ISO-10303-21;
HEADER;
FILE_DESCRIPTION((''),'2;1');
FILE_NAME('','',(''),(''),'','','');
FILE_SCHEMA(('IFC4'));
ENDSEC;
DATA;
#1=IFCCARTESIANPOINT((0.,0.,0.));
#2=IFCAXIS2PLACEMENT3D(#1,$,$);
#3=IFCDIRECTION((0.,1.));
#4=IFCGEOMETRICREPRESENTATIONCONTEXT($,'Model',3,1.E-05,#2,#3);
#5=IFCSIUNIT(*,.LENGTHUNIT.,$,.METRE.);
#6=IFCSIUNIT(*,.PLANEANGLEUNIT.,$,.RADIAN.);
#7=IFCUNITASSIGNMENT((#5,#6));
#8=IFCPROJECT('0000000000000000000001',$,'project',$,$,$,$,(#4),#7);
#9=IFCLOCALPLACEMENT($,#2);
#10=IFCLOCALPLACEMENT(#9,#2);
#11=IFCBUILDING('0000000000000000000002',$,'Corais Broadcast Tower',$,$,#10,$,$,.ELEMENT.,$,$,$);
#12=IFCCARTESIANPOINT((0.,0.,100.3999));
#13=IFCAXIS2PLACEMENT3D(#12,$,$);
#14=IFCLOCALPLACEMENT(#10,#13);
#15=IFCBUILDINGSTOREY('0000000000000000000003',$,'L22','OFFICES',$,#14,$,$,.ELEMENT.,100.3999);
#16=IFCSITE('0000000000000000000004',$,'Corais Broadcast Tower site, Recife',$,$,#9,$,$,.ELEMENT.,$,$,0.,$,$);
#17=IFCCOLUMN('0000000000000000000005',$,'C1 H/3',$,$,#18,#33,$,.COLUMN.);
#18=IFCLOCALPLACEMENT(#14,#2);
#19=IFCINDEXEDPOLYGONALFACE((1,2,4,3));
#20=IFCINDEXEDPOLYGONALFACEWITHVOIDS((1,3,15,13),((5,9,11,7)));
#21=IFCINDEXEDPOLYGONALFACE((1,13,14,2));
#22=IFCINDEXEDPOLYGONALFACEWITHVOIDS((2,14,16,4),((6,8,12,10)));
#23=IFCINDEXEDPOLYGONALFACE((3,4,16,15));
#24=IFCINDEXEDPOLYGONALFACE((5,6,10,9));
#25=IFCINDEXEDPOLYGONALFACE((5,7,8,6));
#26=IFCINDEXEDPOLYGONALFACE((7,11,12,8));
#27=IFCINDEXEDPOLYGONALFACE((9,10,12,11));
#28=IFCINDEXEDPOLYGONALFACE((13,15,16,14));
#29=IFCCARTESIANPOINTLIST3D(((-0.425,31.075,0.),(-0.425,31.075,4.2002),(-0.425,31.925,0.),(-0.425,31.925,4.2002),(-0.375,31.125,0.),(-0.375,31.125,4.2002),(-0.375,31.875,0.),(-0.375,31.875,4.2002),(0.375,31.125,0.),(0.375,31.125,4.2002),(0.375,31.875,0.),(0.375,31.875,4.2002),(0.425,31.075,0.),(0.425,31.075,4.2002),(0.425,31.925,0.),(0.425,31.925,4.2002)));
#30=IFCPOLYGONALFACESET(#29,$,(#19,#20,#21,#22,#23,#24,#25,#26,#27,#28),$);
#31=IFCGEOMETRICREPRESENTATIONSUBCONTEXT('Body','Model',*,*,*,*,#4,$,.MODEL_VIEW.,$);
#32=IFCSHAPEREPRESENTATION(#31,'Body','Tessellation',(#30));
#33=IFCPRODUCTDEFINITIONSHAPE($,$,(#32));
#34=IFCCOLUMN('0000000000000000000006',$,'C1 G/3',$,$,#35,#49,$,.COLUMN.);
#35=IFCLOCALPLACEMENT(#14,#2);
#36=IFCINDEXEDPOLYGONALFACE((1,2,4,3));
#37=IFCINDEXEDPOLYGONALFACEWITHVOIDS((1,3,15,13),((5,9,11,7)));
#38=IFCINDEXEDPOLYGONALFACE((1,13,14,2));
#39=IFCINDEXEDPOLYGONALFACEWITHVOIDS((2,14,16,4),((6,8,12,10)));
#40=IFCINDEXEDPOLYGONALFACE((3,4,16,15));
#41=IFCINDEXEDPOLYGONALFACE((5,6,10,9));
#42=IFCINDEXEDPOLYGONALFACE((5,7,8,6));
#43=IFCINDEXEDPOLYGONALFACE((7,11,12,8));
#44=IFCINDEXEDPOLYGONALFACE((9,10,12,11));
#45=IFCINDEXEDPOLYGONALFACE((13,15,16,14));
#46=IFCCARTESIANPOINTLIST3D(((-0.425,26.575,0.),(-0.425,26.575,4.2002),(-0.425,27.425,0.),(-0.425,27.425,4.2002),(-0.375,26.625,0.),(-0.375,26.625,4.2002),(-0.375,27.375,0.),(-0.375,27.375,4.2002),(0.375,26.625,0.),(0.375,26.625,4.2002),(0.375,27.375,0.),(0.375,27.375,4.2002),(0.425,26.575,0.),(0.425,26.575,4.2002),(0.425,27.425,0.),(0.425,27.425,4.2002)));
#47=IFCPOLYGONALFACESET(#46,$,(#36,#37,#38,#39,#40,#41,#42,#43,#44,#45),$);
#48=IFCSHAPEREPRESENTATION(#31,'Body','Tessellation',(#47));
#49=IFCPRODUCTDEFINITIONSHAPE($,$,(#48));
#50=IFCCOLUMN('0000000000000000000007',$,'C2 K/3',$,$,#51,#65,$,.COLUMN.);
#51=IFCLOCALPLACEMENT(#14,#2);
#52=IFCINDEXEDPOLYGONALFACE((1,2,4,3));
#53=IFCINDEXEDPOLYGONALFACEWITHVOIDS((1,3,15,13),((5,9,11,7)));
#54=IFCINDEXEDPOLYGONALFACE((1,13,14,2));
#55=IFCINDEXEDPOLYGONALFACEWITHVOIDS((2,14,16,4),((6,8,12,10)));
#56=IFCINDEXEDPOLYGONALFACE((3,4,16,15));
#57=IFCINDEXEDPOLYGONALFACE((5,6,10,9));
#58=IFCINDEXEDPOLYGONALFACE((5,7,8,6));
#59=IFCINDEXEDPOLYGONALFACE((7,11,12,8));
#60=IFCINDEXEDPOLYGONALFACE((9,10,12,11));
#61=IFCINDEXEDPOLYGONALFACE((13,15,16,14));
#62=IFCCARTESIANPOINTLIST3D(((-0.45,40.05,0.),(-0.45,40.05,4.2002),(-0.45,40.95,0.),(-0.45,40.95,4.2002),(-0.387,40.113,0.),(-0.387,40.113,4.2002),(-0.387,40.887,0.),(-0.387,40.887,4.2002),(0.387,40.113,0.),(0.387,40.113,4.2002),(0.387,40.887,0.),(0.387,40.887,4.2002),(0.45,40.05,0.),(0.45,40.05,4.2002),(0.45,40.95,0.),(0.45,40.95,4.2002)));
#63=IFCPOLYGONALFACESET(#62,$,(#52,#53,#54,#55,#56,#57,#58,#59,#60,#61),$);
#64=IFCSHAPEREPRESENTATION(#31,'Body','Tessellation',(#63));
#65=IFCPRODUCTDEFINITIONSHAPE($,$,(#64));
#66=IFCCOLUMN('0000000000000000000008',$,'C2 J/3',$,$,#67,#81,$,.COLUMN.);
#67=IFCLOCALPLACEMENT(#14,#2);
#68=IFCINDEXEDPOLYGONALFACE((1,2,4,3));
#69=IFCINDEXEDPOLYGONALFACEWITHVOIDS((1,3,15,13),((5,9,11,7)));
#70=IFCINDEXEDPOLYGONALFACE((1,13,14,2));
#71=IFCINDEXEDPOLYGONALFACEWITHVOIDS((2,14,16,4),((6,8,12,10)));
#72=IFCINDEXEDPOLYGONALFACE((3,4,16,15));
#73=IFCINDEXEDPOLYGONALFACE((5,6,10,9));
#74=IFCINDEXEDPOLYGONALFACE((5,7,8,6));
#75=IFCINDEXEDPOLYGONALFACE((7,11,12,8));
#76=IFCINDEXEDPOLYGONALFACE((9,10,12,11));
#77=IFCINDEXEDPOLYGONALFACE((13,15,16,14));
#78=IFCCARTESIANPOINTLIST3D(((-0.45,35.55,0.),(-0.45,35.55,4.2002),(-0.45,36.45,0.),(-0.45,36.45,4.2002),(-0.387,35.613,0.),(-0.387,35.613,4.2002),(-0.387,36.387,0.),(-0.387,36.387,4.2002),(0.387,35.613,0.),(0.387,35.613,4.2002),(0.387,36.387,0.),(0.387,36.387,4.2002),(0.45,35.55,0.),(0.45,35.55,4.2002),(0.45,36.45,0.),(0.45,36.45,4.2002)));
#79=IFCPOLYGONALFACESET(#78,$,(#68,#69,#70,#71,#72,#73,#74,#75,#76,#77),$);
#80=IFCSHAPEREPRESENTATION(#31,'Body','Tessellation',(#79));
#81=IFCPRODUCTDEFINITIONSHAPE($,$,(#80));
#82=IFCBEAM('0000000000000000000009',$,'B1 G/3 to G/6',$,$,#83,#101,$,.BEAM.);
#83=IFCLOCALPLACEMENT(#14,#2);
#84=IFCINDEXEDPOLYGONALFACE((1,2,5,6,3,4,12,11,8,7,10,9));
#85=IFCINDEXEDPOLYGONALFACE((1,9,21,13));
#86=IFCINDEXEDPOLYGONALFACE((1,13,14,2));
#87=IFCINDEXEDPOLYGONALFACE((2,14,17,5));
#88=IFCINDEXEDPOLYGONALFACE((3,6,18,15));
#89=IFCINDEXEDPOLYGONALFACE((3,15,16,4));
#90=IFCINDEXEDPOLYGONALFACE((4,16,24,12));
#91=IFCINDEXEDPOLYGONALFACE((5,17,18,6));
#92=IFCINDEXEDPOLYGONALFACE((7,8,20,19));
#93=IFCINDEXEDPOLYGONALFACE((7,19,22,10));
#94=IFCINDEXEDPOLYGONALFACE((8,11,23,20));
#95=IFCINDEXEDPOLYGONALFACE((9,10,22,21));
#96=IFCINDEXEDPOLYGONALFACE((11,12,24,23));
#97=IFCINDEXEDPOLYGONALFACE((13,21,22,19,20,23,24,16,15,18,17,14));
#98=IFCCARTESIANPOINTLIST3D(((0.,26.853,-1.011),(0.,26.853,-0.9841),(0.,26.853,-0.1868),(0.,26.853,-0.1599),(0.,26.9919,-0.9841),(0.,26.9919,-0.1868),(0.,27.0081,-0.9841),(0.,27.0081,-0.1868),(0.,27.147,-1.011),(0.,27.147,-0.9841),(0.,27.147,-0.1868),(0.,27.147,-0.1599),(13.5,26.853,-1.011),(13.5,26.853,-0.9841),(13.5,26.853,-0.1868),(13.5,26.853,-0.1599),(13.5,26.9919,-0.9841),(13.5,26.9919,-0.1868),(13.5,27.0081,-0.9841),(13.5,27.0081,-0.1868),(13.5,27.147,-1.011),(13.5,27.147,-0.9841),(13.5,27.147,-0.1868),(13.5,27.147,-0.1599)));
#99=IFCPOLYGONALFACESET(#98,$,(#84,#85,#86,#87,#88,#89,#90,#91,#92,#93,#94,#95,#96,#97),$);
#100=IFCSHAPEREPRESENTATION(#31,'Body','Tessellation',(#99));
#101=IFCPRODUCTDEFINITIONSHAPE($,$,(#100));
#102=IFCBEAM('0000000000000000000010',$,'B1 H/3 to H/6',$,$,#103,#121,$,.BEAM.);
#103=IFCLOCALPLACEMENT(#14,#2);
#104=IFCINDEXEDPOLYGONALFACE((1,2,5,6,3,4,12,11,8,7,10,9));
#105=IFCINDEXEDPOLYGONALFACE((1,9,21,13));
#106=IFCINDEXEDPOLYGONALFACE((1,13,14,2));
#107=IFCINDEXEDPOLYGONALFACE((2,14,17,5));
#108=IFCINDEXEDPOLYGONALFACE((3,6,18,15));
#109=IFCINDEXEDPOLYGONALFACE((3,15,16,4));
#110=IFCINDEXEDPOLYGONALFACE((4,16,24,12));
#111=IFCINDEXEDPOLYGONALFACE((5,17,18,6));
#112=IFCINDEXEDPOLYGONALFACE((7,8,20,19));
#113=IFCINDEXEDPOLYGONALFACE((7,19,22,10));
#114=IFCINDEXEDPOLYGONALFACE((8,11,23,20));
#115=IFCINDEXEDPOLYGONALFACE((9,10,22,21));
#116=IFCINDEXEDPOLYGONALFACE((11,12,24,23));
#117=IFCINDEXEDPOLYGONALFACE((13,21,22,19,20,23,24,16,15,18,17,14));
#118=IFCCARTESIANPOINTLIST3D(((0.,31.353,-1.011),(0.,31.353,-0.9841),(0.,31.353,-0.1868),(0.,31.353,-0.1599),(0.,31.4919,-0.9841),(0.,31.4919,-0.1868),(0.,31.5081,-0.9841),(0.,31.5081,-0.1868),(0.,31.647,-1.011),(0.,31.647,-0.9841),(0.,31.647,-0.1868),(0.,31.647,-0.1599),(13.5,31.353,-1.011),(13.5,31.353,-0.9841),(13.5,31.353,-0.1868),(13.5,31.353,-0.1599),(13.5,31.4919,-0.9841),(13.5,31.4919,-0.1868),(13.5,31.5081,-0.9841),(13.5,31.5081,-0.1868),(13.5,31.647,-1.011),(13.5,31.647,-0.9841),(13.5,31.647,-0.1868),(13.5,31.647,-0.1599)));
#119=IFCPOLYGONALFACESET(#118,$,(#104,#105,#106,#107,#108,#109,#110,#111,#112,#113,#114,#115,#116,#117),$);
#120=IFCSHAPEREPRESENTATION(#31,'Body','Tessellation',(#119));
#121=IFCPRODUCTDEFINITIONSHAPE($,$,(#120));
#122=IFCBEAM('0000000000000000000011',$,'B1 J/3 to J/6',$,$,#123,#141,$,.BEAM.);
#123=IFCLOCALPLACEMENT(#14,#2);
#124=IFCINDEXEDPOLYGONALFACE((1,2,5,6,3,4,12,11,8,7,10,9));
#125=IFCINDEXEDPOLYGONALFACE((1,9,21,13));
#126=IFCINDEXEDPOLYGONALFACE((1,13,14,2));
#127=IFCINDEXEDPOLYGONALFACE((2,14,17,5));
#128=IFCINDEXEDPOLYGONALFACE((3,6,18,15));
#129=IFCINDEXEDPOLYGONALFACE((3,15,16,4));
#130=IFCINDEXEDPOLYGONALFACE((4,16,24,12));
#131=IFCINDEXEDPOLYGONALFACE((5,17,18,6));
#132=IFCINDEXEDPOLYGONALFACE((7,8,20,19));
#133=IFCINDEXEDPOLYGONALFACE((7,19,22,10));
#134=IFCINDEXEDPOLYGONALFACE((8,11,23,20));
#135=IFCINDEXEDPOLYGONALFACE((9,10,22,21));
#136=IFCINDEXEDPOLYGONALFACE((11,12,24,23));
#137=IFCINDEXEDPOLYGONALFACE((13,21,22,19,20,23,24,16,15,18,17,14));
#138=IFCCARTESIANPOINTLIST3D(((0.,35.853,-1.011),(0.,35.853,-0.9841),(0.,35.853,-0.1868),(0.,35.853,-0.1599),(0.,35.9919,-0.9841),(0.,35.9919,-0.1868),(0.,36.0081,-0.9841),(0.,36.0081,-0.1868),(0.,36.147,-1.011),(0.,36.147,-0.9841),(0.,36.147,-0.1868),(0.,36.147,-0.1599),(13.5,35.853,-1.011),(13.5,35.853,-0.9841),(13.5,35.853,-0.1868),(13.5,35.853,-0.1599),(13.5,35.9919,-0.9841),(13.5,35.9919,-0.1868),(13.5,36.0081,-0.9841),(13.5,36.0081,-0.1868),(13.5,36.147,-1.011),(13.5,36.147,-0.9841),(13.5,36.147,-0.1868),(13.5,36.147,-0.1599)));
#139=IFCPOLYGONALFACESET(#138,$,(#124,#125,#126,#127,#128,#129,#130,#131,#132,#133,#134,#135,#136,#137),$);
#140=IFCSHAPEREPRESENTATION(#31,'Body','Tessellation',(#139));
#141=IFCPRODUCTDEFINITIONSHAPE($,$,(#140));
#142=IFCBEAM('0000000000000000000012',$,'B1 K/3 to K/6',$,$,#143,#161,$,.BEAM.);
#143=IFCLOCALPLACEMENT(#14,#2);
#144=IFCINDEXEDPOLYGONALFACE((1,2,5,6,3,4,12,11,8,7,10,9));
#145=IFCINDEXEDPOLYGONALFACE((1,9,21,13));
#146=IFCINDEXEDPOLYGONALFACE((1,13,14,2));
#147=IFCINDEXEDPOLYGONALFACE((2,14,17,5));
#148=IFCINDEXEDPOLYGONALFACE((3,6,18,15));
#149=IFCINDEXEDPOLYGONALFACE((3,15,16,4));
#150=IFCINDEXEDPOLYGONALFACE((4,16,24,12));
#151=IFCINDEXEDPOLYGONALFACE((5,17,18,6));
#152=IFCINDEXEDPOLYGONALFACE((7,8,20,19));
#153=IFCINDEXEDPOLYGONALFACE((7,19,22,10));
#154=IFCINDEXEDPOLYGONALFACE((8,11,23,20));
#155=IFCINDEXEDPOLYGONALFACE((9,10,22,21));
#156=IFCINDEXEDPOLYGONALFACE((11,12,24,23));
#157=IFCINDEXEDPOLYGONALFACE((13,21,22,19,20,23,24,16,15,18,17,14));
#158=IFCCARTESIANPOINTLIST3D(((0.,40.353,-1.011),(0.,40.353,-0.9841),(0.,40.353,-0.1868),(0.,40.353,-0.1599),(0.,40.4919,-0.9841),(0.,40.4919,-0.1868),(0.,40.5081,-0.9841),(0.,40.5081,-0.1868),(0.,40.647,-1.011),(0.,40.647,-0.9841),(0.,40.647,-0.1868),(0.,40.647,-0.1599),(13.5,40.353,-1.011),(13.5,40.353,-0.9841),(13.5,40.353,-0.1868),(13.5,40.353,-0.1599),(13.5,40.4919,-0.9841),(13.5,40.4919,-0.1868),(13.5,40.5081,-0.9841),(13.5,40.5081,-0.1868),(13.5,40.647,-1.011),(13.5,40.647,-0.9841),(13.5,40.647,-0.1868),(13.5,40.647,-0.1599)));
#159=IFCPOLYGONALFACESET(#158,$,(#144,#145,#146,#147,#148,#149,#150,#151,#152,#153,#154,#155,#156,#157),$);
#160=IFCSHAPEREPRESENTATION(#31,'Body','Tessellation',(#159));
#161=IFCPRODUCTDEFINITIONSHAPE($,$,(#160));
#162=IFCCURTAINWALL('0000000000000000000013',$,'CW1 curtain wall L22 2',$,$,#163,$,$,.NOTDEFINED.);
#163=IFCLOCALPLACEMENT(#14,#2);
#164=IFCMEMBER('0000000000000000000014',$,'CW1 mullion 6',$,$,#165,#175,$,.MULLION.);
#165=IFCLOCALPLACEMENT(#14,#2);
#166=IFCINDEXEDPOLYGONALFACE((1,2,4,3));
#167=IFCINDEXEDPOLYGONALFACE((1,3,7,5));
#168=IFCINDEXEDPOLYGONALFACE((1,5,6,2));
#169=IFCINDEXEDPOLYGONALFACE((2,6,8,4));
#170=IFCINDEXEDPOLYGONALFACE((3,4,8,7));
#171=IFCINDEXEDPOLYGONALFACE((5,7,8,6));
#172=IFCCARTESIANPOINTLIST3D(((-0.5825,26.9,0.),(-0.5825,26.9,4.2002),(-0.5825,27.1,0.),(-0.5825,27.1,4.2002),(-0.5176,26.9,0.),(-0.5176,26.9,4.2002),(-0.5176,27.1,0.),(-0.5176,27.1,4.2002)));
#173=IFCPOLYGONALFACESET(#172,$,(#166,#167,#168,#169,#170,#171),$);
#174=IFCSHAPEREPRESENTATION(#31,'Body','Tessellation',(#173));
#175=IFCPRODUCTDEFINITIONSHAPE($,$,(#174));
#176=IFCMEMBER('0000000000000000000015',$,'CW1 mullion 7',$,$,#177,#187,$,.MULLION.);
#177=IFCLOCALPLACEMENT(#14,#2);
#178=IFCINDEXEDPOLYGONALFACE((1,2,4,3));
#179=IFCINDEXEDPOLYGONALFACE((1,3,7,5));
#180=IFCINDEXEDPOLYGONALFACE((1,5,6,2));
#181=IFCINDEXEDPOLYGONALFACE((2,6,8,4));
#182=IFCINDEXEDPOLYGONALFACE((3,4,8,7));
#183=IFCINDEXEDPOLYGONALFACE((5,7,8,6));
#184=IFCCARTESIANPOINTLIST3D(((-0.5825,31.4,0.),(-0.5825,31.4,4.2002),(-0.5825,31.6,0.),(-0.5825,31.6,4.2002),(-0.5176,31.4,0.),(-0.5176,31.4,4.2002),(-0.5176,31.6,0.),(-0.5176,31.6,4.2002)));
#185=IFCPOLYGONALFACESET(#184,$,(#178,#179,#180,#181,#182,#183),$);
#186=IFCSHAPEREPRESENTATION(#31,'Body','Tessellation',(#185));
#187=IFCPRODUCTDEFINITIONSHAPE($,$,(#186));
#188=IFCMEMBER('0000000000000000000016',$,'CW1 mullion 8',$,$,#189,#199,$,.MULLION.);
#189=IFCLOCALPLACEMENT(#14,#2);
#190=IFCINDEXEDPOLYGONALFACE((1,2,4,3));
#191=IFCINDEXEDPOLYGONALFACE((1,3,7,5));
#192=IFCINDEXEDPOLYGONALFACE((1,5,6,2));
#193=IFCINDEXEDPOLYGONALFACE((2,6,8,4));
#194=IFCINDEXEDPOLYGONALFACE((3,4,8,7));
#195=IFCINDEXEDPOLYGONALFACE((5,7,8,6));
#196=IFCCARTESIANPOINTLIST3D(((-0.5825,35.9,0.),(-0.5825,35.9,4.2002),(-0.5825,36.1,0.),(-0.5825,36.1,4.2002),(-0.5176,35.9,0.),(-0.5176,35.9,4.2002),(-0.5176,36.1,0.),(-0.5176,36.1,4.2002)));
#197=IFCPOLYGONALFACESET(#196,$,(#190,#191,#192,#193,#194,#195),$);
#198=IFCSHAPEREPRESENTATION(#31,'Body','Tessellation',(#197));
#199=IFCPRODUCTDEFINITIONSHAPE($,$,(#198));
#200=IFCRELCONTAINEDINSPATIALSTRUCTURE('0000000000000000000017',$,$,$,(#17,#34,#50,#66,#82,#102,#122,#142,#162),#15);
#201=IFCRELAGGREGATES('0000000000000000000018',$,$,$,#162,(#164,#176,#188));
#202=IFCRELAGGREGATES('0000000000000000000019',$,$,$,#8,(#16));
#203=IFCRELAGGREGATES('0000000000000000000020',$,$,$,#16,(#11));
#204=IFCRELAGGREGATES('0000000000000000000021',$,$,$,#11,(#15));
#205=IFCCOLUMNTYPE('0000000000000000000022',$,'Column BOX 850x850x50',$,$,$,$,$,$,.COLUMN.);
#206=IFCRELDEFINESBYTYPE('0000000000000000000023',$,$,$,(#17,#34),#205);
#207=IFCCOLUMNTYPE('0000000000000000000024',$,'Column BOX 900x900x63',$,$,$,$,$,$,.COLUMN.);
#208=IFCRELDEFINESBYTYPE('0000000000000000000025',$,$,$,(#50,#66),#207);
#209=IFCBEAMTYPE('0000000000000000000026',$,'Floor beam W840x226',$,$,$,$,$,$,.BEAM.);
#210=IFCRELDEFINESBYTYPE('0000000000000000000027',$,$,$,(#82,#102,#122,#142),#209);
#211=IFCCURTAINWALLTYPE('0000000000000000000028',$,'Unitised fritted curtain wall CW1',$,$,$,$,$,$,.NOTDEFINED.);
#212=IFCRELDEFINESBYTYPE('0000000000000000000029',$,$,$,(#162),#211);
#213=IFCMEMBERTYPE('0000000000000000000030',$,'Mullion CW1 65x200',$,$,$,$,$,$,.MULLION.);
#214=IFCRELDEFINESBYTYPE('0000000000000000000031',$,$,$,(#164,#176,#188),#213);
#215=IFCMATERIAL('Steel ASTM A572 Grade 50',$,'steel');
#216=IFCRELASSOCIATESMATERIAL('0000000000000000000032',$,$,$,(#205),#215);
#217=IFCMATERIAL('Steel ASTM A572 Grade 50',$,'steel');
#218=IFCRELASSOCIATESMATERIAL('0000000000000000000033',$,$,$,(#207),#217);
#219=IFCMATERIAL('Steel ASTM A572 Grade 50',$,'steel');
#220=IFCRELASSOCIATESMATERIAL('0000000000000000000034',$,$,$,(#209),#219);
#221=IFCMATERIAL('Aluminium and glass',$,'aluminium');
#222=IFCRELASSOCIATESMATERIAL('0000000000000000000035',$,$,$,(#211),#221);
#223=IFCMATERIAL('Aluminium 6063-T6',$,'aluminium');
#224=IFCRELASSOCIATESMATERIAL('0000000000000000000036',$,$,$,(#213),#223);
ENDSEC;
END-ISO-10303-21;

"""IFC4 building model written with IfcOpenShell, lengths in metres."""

from ifc_helpers import new_model, si_unit, direction, frame, origin, origin_2d, place, context, subcontext, project, spatial, rectangle, hollow_rectangle, i_section, extrude, material, material_profile, profile_set, type_object, element, aggregate, save


model = new_model("IFC4")

# Units and contexts
model_context = context("Model", 3, precision=1e-05, world=origin(), true_north=direction((0.0, 1.0)))
body_context = subcontext(model_context, "Body", "Model", "MODEL_VIEW")
ifc_project = project(units=[si_unit("LENGTHUNIT", "METRE"), si_unit("PLANEANGLEUNIT", "RADIAN")], contexts=[model_context])

# Site, building, storey
site_placement = place(None, origin())
site = spatial("IfcSite", under=ifc_project, at=site_placement, Name="Corais Broadcast Tower site, Recife", CompositionType="ELEMENT", RefElevation=0.0)
building_placement = place(site_placement, origin())
building = spatial("IfcBuilding", under=site, at=building_placement, Name="Corais Broadcast Tower", CompositionType="ELEMENT")
storey_placement = place(building_placement, frame((0.0, 0.0, 100.3999)))
storey = spatial("IfcBuildingStorey", under=building, at=storey_placement, Name="L22", Description="OFFICES", CompositionType="ELEMENT", Elevation=100.3999)

# Columns
ifc_material_1 = material(Name="Steel ASTM A572 Grade 50", Category="steel")
ifc_material_profile_1 = material_profile(ifc_material_1, hollow_rectangle(XDim=0.8501, YDim=0.8501, WallThickness=0.05, at=origin_2d()), Name="BOX 850x850x50")
ifc_profile_set_1 = profile_set([ifc_material_profile_1], Name="Steel ASTM A572 Grade 50")
column_type_1 = type_object("IfcColumnType", Name="Column BOX 850x850x50", PredefinedType="COLUMN", material=ifc_profile_set_1)
for number, where, z_axis, x_axis, name in (
    (1, (0.0, 31.5, 0.0), (0.0, 0.0, 1.0), (1.0, 0.0, 0.0), "C1 H/3"),
    (2, (0.0, 27.0, 0.0), (0.0, 0.0, 1.0), (1.0, 0.0, 0.0), "C1 G/3"),
):
    element("IfcColumn", number, at=place(storey_placement, frame(where, z_axis=z_axis, x_axis=x_axis)), inside=storey, type_object=column_type_1, Name=name, PredefinedType="COLUMN", context=body_context, shape_type="SweptSolid", body=[
        extrude(hollow_rectangle(XDim=0.8501, YDim=0.8501, WallThickness=0.05, at=origin_2d()), origin(), (0.0, 0.0, 1.0), 4.2002),
    ])
ifc_material_2 = material(Name="Steel ASTM A572 Grade 50", Category="steel")
ifc_material_profile_2 = material_profile(ifc_material_2, hollow_rectangle(XDim=0.8999, YDim=0.8999, WallThickness=0.063, at=origin_2d()), Name="BOX 900x900x63")
ifc_profile_set_2 = profile_set([ifc_material_profile_2], Name="Steel ASTM A572 Grade 50")
column_type_2 = type_object("IfcColumnType", Name="Column BOX 900x900x63", PredefinedType="COLUMN", material=ifc_profile_set_2)
for number, where, z_axis, x_axis, name in (
    (3, (0.0, 40.5, 0.0), (0.0, 0.0, 1.0), (1.0, 0.0, 0.0), "C2 K/3"),
    (4, (0.0, 36.0, 0.0), (0.0, 0.0, 1.0), (1.0, 0.0, 0.0), "C2 J/3"),
):
    element("IfcColumn", number, at=place(storey_placement, frame(where, z_axis=z_axis, x_axis=x_axis)), inside=storey, type_object=column_type_2, Name=name, PredefinedType="COLUMN", context=body_context, shape_type="SweptSolid", body=[
        extrude(hollow_rectangle(XDim=0.8999, YDim=0.8999, WallThickness=0.063, at=origin_2d()), origin(), (0.0, 0.0, 1.0), 4.2002),
    ])

# Beams
ifc_material_3 = material(Name="Steel ASTM A572 Grade 50", Category="steel")
ifc_material_profile_3 = material_profile(ifc_material_3, i_section(OverallWidth=0.2939, OverallDepth=0.8511, WebThickness=0.0161, FlangeThickness=0.0269, at=origin_2d()), Name="W840x226")
ifc_profile_set_3 = profile_set([ifc_material_profile_3], Name="Steel ASTM A572 Grade 50")
beam_type_1 = type_object("IfcBeamType", Name="Floor beam W840x226", PredefinedType="BEAM", material=ifc_profile_set_3)
for number, where, z_axis, x_axis, name in (
    (5, (0.0, 27.0, -0.5854), (1.0, 0.0, 0.0), (0.0, 1.0, 0.0), "B1 G/3 to G/6"),
    (6, (0.0, 31.5, -0.5854), (1.0, 0.0, 0.0), (0.0, 1.0, 0.0), "B1 H/3 to H/6"),
    (7, (0.0, 36.0, -0.5854), (1.0, 0.0, 0.0), (0.0, 1.0, 0.0), "B1 J/3 to J/6"),
    (8, (0.0, 40.5, -0.5854), (1.0, 0.0, 0.0), (0.0, 1.0, 0.0), "B1 K/3 to K/6"),
):
    element("IfcBeam", number, at=place(storey_placement, frame(where, z_axis=z_axis, x_axis=x_axis)), inside=storey, type_object=beam_type_1, Name=name, PredefinedType="BEAM", context=body_context, shape_type="SweptSolid", body=[
        extrude(i_section(OverallWidth=0.2939, OverallDepth=0.8511, WebThickness=0.0161, FlangeThickness=0.0269, at=origin_2d()), origin(), (0.0, 0.0, 1.0), 13.5),
    ])

# Curtain wall, members
ifc_material_4 = material(Name="Aluminium and glass", Category="aluminium")
curtain_wall_type = type_object("IfcCurtainWallType", Name="Unitised fritted curtain wall CW1", PredefinedType="NOTDEFINED", material=ifc_material_4)
curtain_wall_placement = place(storey_placement, origin())
curtain_wall = element("IfcCurtainWall", 9, at=curtain_wall_placement, inside=storey, type_object=curtain_wall_type, Name="CW1 curtain wall L22 2", PredefinedType="NOTDEFINED")
ifc_material_5 = material(Name="Aluminium 6063-T6", Category="aluminium")
ifc_material_profile_4 = material_profile(ifc_material_5, rectangle(XDim=0.0649, YDim=0.2, at=origin_2d()), Name="Mullion CW1 65x200")
ifc_profile_set_4 = profile_set([ifc_material_profile_4], Name="Aluminium 6063-T6")
member_type_1 = type_object("IfcMemberType", Name="Mullion CW1 65x200", PredefinedType="MULLION", material=ifc_profile_set_4)
member_1_placement = place(storey_placement, frame((-0.55, 27.0, 0.0), z_axis=(0.0, 0.0, 1.0), x_axis=(-1.0, 0.0, 0.0)))
member_1 = element("IfcMember", 10, at=member_1_placement, type_object=member_type_1, Name="CW1 mullion 6", PredefinedType="MULLION", context=body_context, shape_type="SweptSolid", body=[
    extrude(rectangle(XDim=0.0649, YDim=0.2, at=origin_2d()), origin(), (0.0, 0.0, 1.0), 4.2002),
])
member_2_placement = place(storey_placement, frame((-0.55, 31.5, 0.0), z_axis=(0.0, 0.0, 1.0), x_axis=(-1.0, 0.0, 0.0)))
member_2 = element("IfcMember", 11, at=member_2_placement, type_object=member_type_1, Name="CW1 mullion 7", PredefinedType="MULLION", context=body_context, shape_type="SweptSolid", body=[
    extrude(rectangle(XDim=0.0649, YDim=0.2, at=origin_2d()), origin(), (0.0, 0.0, 1.0), 4.2002),
])
member_3_placement = place(storey_placement, frame((-0.55, 36.0, 0.0), z_axis=(0.0, 0.0, 1.0), x_axis=(-1.0, 0.0, 0.0)))
member_3 = element("IfcMember", 12, at=member_3_placement, type_object=member_type_1, Name="CW1 mullion 8", PredefinedType="MULLION", context=body_context, shape_type="SweptSolid", body=[
    extrude(rectangle(XDim=0.0649, YDim=0.2, at=origin_2d()), origin(), (0.0, 0.0, 1.0), 4.2002),
])

aggregate(curtain_wall, [member_1, member_2, member_3])

save(model, "model.ifc")
